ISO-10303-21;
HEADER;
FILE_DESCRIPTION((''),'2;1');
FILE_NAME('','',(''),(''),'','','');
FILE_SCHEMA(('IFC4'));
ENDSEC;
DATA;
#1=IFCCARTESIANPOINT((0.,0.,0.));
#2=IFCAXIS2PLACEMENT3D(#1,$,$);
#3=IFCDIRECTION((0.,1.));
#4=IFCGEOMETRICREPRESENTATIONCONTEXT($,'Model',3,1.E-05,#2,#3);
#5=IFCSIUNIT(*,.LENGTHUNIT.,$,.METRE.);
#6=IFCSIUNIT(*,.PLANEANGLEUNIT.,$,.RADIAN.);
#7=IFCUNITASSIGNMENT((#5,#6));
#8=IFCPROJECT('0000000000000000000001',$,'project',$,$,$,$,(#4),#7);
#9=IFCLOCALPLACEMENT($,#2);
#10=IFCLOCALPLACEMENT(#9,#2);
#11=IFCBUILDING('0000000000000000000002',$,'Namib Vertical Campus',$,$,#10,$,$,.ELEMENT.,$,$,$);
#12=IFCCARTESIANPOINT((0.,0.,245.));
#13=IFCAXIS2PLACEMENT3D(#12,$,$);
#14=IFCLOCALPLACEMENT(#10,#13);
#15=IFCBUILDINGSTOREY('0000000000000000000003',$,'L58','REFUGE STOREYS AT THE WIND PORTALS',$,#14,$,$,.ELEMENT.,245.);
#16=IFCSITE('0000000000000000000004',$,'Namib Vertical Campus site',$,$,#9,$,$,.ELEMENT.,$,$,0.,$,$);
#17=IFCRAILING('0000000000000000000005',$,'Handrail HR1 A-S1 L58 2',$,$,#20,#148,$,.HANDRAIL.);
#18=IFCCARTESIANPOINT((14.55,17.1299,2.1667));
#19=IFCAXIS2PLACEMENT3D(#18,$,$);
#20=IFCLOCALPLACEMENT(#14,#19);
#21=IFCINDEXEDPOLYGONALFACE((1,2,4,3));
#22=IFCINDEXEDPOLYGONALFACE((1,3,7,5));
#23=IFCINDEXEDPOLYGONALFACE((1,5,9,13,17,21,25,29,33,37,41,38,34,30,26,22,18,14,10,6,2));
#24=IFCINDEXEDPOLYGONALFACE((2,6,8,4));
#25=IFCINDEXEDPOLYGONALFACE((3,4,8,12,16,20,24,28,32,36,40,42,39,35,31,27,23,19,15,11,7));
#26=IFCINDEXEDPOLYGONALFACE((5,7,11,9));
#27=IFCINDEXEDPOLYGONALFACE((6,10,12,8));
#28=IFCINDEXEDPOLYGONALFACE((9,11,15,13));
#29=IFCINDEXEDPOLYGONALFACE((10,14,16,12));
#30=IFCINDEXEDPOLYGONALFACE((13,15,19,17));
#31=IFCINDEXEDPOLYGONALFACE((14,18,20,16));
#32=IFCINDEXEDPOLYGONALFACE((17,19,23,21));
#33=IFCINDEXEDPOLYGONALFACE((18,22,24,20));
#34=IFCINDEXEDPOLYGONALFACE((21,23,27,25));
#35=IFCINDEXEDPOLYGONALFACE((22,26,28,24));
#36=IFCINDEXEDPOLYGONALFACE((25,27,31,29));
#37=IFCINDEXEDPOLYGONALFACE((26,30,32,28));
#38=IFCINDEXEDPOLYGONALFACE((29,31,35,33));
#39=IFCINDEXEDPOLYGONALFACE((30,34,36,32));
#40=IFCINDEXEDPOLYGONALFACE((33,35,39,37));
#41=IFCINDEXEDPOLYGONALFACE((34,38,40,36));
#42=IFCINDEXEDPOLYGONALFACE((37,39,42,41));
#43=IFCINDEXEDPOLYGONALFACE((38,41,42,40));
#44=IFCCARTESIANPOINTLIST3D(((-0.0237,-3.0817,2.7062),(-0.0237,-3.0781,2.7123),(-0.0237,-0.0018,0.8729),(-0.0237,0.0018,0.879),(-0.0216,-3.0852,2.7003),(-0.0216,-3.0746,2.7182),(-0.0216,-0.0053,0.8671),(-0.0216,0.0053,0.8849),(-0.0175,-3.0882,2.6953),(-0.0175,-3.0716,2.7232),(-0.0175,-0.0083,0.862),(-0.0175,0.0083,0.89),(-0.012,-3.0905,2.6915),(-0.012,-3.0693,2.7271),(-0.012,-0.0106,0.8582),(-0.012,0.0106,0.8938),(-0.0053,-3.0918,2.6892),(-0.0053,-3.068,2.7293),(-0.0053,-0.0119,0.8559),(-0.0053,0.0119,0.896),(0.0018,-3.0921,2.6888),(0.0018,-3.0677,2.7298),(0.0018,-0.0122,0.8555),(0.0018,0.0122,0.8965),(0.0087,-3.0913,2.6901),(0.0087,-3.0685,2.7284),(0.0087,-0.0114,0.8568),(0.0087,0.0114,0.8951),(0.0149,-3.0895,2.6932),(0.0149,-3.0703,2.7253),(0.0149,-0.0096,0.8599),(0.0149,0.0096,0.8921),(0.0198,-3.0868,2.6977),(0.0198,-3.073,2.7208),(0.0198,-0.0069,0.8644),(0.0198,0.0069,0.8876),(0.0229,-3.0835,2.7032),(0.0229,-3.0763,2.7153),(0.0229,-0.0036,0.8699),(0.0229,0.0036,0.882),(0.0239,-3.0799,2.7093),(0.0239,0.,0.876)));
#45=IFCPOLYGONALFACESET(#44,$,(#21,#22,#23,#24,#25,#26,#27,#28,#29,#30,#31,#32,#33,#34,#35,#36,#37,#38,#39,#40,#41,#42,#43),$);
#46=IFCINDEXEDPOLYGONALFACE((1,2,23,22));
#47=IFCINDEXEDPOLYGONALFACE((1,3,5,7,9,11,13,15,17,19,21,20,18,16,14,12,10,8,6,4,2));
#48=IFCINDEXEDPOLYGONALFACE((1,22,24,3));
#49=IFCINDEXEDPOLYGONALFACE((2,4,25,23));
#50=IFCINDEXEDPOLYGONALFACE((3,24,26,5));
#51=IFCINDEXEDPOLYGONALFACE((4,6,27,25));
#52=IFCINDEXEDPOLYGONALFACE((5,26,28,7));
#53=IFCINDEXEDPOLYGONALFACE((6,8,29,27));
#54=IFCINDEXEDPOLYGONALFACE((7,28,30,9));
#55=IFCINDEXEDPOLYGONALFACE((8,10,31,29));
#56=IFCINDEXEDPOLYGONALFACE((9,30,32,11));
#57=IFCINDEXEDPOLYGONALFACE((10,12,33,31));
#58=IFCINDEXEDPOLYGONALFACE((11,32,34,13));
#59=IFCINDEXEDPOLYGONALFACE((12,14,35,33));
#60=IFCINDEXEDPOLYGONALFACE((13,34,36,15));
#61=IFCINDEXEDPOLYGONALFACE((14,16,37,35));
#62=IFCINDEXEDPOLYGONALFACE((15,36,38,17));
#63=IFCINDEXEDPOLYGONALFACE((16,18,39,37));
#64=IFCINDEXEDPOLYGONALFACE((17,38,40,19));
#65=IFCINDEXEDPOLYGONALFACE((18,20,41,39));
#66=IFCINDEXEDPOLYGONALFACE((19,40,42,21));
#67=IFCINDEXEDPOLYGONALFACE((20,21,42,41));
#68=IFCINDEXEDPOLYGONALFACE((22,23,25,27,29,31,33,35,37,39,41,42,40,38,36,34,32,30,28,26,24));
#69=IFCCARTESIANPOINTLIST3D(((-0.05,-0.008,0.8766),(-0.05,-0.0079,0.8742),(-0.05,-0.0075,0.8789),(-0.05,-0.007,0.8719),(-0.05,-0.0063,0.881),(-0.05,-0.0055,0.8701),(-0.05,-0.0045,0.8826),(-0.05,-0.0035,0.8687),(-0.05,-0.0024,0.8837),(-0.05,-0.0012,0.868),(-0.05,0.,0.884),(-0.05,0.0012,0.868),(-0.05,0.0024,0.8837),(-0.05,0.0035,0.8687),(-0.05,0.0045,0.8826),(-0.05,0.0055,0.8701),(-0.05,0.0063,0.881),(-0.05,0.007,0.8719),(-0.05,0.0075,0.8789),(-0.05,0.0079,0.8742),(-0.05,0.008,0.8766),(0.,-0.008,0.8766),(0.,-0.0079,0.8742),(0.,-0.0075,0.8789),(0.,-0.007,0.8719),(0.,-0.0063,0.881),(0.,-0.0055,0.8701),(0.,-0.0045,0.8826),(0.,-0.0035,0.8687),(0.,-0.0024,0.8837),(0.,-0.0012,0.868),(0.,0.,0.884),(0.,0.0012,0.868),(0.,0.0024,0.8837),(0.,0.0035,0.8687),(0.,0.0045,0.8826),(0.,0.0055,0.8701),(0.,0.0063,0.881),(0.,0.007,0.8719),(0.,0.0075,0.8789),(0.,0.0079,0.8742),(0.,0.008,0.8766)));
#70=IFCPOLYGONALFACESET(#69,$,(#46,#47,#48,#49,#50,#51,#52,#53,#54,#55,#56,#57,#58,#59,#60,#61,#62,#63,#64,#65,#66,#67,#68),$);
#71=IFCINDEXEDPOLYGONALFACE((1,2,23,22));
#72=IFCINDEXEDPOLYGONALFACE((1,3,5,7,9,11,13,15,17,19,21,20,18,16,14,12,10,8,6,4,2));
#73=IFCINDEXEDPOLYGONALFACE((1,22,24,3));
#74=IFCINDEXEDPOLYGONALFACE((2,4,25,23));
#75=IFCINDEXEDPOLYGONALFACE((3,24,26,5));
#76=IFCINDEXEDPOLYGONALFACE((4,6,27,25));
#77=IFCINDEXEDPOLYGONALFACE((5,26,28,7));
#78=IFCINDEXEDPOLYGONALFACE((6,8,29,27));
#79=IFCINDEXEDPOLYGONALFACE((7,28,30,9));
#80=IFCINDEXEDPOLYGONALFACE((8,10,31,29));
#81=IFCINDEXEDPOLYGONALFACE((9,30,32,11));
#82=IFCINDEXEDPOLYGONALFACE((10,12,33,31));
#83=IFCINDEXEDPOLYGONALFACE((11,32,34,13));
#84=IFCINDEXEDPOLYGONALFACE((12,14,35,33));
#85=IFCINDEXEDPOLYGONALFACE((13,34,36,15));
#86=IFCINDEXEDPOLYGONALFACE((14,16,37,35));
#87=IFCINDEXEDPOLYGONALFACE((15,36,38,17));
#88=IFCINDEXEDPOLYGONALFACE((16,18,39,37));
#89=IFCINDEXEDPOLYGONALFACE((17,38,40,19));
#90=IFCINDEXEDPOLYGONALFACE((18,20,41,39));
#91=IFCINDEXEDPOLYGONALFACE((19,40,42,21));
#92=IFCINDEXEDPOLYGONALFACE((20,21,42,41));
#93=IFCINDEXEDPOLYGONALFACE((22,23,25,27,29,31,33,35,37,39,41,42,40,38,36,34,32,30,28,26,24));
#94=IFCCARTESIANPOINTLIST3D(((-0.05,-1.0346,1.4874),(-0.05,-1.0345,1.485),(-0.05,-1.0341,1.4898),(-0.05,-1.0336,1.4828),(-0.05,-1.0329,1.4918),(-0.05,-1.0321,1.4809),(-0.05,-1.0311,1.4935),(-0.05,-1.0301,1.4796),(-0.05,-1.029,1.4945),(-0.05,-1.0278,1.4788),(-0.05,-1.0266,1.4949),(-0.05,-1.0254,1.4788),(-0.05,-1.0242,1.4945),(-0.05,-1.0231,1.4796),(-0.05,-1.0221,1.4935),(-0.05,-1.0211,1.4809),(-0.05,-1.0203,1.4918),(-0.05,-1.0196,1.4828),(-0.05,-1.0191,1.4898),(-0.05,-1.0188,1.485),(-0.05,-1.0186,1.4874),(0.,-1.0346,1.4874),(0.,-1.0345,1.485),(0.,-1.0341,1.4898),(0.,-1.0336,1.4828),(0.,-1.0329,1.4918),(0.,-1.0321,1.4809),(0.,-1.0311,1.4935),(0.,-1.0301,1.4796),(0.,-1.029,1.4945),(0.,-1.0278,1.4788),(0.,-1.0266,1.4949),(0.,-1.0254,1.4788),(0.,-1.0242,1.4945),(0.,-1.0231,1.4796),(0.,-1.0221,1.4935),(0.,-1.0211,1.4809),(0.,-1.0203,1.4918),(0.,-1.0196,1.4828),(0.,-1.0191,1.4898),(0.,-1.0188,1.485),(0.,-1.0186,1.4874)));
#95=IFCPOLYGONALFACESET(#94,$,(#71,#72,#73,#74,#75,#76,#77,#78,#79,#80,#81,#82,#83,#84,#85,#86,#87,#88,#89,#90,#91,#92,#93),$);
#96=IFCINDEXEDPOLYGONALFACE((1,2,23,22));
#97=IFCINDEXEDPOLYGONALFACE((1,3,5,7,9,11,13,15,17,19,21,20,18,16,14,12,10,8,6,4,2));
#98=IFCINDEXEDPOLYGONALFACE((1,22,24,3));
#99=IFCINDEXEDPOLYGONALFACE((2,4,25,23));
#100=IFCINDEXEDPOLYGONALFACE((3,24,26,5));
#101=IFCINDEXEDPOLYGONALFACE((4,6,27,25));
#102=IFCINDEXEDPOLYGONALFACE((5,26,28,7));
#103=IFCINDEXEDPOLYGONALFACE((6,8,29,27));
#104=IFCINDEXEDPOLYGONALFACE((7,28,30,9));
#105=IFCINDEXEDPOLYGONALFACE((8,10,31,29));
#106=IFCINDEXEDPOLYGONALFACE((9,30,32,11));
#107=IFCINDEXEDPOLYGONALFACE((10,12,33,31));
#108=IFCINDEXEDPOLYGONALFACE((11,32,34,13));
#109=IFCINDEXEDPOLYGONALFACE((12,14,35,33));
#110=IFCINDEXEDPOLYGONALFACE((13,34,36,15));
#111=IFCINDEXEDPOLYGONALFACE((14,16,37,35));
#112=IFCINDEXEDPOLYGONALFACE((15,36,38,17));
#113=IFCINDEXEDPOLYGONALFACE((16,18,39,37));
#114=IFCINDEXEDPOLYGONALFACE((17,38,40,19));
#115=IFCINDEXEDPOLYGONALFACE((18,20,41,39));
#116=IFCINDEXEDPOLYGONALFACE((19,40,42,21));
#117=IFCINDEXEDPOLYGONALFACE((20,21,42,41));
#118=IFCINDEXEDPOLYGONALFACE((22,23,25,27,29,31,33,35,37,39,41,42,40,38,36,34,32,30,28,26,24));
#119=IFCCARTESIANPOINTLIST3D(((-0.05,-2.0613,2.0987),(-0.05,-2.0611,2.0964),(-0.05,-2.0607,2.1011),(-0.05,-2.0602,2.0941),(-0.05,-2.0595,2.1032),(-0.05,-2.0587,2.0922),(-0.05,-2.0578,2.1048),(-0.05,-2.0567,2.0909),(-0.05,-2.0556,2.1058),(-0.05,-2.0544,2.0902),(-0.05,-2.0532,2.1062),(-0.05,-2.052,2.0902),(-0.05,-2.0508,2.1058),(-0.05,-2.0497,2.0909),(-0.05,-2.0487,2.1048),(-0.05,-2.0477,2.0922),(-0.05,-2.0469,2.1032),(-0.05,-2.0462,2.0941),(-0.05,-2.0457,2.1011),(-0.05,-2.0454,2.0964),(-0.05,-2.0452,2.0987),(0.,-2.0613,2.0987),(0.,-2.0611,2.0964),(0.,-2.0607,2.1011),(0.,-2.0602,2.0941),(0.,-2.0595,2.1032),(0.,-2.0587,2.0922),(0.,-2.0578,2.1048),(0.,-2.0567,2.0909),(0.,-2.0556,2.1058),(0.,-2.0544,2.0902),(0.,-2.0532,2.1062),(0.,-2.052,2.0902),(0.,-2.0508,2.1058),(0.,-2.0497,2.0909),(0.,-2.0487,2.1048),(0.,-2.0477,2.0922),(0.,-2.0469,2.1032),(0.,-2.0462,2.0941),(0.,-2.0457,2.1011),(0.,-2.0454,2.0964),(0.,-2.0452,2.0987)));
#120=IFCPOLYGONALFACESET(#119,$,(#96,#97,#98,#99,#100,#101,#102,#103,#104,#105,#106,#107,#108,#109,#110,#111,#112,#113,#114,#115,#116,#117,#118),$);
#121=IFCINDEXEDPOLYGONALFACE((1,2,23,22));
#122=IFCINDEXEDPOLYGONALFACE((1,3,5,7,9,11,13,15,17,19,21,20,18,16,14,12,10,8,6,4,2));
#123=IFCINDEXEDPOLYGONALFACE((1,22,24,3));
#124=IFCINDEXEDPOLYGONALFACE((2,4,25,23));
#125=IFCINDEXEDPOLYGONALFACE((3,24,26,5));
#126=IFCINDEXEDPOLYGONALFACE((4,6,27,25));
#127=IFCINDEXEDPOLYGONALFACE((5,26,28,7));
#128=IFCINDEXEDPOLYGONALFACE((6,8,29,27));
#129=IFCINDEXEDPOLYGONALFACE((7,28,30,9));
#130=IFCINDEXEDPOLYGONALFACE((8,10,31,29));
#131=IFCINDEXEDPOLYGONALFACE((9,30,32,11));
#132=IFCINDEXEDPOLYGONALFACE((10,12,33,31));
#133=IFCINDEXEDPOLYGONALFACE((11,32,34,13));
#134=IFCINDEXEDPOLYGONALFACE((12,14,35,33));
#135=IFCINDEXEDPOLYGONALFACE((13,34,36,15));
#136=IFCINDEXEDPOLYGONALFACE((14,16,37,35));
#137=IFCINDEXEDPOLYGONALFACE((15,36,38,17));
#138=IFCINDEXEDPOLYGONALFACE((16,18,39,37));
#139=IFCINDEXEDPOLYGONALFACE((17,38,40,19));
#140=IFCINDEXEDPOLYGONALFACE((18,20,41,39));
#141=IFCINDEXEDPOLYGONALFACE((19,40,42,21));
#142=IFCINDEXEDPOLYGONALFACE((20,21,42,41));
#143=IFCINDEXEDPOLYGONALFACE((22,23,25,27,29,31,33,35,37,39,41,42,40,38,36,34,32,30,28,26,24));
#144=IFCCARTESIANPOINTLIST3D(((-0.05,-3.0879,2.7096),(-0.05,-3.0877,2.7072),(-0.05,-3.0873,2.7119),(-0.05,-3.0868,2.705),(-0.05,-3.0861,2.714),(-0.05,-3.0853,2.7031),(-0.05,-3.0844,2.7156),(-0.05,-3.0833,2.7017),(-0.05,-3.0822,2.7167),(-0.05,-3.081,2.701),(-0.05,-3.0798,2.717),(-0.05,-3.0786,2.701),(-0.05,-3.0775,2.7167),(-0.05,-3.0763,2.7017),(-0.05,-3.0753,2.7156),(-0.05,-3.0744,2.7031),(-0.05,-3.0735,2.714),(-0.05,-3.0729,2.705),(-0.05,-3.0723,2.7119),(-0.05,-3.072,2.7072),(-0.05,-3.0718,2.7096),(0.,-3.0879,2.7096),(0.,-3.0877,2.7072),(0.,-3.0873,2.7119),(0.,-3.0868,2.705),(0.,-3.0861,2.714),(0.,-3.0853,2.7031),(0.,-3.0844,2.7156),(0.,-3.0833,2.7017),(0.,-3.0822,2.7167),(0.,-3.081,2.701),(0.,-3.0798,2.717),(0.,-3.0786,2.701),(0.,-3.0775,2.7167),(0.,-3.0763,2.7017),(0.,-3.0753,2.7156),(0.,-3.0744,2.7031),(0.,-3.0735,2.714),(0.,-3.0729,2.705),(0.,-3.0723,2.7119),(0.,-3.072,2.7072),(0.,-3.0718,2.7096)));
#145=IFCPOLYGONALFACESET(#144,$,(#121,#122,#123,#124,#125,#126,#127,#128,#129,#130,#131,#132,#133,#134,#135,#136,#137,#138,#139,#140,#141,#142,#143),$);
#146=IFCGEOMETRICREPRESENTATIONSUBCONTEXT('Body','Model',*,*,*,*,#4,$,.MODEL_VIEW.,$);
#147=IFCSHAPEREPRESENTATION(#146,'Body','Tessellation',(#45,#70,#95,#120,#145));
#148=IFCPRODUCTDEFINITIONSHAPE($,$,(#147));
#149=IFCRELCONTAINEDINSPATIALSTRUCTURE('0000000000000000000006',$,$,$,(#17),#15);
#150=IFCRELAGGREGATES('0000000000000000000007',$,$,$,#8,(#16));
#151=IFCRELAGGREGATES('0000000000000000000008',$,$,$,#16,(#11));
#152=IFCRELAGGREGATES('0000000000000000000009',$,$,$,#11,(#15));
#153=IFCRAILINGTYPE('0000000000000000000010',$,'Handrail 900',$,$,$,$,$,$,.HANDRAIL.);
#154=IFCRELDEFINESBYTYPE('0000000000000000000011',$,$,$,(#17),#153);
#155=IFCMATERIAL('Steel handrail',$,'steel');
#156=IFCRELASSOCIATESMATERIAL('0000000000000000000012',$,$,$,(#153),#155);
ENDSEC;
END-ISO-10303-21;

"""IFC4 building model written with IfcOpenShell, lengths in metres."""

from ifc_helpers import new_model, si_unit, direction, frame, origin, origin_2d, place, context, subcontext, project, spatial, circle, extrude, material, type_object, element, save


model = new_model("IFC4")

# Units and contexts
model_context = context("Model", 3, precision=1e-05, world=origin(), true_north=direction((0.0, 1.0)))
body_context = subcontext(model_context, "Body", "Model", "MODEL_VIEW")
ifc_project = project(units=[si_unit("LENGTHUNIT", "METRE"), si_unit("PLANEANGLEUNIT", "RADIAN")], contexts=[model_context])

# Site, building, storey
site_placement = place(None, origin())
site = spatial("IfcSite", under=ifc_project, at=site_placement, Name="Namib Vertical Campus site", CompositionType="ELEMENT", RefElevation=0.0)
building_placement = place(site_placement, origin())
building = spatial("IfcBuilding", under=site, at=building_placement, Name="Namib Vertical Campus", CompositionType="ELEMENT")
storey_placement = place(building_placement, frame((0.0, 0.0, 245.0)))
storey = spatial("IfcBuildingStorey", under=building, at=storey_placement, Name="L58", Description="REFUGE STOREYS AT THE WIND PORTALS", CompositionType="ELEMENT", Elevation=245.0)

# Railing
ifc_material_1 = material(Name="Steel handrail", Category="steel")
railing_type = type_object("IfcRailingType", Name="Handrail 900", PredefinedType="HANDRAIL", material=ifc_material_1)
for number, where, name in (
    (1, (14.55, 17.1299, 2.1667), "Handrail HR1 A-S1 L58 2"),
):
    element("IfcRailing", number, at=place(storey_placement, frame(where)), inside=storey, type_object=railing_type, Name=name, PredefinedType="HANDRAIL", context=body_context, shape_type="SweptSolid", body=[
        extrude(circle(Radius=0.0239, at=origin_2d()), frame((0.0, 0.0, 0.876), z_axis=(0.0, -0.859291, 0.511487), x_axis=(1.0, 0.0, 0.0)), (0.0, 0.0, 1.0), 3.5842),
        extrude(circle(Radius=0.0081, at=origin_2d()), frame((0.0, 0.0, 0.876), z_axis=(-1.0, 0.0, 0.0), x_axis=(0.0, 0.0, 1.0)), (0.0, 0.0, 1.0), 0.05),
        extrude(circle(Radius=0.0081, at=origin_2d()), frame((0.0, -1.0266, 1.4868), z_axis=(-1.0, 0.0, 0.0), x_axis=(0.0, 0.0, 1.0)), (0.0, 0.0, 1.0), 0.05),
        extrude(circle(Radius=0.0081, at=origin_2d()), frame((0.0, -2.0532, 2.0981), z_axis=(-1.0, 0.0, 0.0), x_axis=(0.0, 0.0, 1.0)), (0.0, 0.0, 1.0), 0.05),
        extrude(circle(Radius=0.0081, at=origin_2d()), frame((0.0, -3.0798, 2.709), z_axis=(-1.0, 0.0, 0.0), x_axis=(0.0, 0.0, 1.0)), (0.0, 0.0, 1.0), 0.05),
    ])

save(model, "model.ifc")
